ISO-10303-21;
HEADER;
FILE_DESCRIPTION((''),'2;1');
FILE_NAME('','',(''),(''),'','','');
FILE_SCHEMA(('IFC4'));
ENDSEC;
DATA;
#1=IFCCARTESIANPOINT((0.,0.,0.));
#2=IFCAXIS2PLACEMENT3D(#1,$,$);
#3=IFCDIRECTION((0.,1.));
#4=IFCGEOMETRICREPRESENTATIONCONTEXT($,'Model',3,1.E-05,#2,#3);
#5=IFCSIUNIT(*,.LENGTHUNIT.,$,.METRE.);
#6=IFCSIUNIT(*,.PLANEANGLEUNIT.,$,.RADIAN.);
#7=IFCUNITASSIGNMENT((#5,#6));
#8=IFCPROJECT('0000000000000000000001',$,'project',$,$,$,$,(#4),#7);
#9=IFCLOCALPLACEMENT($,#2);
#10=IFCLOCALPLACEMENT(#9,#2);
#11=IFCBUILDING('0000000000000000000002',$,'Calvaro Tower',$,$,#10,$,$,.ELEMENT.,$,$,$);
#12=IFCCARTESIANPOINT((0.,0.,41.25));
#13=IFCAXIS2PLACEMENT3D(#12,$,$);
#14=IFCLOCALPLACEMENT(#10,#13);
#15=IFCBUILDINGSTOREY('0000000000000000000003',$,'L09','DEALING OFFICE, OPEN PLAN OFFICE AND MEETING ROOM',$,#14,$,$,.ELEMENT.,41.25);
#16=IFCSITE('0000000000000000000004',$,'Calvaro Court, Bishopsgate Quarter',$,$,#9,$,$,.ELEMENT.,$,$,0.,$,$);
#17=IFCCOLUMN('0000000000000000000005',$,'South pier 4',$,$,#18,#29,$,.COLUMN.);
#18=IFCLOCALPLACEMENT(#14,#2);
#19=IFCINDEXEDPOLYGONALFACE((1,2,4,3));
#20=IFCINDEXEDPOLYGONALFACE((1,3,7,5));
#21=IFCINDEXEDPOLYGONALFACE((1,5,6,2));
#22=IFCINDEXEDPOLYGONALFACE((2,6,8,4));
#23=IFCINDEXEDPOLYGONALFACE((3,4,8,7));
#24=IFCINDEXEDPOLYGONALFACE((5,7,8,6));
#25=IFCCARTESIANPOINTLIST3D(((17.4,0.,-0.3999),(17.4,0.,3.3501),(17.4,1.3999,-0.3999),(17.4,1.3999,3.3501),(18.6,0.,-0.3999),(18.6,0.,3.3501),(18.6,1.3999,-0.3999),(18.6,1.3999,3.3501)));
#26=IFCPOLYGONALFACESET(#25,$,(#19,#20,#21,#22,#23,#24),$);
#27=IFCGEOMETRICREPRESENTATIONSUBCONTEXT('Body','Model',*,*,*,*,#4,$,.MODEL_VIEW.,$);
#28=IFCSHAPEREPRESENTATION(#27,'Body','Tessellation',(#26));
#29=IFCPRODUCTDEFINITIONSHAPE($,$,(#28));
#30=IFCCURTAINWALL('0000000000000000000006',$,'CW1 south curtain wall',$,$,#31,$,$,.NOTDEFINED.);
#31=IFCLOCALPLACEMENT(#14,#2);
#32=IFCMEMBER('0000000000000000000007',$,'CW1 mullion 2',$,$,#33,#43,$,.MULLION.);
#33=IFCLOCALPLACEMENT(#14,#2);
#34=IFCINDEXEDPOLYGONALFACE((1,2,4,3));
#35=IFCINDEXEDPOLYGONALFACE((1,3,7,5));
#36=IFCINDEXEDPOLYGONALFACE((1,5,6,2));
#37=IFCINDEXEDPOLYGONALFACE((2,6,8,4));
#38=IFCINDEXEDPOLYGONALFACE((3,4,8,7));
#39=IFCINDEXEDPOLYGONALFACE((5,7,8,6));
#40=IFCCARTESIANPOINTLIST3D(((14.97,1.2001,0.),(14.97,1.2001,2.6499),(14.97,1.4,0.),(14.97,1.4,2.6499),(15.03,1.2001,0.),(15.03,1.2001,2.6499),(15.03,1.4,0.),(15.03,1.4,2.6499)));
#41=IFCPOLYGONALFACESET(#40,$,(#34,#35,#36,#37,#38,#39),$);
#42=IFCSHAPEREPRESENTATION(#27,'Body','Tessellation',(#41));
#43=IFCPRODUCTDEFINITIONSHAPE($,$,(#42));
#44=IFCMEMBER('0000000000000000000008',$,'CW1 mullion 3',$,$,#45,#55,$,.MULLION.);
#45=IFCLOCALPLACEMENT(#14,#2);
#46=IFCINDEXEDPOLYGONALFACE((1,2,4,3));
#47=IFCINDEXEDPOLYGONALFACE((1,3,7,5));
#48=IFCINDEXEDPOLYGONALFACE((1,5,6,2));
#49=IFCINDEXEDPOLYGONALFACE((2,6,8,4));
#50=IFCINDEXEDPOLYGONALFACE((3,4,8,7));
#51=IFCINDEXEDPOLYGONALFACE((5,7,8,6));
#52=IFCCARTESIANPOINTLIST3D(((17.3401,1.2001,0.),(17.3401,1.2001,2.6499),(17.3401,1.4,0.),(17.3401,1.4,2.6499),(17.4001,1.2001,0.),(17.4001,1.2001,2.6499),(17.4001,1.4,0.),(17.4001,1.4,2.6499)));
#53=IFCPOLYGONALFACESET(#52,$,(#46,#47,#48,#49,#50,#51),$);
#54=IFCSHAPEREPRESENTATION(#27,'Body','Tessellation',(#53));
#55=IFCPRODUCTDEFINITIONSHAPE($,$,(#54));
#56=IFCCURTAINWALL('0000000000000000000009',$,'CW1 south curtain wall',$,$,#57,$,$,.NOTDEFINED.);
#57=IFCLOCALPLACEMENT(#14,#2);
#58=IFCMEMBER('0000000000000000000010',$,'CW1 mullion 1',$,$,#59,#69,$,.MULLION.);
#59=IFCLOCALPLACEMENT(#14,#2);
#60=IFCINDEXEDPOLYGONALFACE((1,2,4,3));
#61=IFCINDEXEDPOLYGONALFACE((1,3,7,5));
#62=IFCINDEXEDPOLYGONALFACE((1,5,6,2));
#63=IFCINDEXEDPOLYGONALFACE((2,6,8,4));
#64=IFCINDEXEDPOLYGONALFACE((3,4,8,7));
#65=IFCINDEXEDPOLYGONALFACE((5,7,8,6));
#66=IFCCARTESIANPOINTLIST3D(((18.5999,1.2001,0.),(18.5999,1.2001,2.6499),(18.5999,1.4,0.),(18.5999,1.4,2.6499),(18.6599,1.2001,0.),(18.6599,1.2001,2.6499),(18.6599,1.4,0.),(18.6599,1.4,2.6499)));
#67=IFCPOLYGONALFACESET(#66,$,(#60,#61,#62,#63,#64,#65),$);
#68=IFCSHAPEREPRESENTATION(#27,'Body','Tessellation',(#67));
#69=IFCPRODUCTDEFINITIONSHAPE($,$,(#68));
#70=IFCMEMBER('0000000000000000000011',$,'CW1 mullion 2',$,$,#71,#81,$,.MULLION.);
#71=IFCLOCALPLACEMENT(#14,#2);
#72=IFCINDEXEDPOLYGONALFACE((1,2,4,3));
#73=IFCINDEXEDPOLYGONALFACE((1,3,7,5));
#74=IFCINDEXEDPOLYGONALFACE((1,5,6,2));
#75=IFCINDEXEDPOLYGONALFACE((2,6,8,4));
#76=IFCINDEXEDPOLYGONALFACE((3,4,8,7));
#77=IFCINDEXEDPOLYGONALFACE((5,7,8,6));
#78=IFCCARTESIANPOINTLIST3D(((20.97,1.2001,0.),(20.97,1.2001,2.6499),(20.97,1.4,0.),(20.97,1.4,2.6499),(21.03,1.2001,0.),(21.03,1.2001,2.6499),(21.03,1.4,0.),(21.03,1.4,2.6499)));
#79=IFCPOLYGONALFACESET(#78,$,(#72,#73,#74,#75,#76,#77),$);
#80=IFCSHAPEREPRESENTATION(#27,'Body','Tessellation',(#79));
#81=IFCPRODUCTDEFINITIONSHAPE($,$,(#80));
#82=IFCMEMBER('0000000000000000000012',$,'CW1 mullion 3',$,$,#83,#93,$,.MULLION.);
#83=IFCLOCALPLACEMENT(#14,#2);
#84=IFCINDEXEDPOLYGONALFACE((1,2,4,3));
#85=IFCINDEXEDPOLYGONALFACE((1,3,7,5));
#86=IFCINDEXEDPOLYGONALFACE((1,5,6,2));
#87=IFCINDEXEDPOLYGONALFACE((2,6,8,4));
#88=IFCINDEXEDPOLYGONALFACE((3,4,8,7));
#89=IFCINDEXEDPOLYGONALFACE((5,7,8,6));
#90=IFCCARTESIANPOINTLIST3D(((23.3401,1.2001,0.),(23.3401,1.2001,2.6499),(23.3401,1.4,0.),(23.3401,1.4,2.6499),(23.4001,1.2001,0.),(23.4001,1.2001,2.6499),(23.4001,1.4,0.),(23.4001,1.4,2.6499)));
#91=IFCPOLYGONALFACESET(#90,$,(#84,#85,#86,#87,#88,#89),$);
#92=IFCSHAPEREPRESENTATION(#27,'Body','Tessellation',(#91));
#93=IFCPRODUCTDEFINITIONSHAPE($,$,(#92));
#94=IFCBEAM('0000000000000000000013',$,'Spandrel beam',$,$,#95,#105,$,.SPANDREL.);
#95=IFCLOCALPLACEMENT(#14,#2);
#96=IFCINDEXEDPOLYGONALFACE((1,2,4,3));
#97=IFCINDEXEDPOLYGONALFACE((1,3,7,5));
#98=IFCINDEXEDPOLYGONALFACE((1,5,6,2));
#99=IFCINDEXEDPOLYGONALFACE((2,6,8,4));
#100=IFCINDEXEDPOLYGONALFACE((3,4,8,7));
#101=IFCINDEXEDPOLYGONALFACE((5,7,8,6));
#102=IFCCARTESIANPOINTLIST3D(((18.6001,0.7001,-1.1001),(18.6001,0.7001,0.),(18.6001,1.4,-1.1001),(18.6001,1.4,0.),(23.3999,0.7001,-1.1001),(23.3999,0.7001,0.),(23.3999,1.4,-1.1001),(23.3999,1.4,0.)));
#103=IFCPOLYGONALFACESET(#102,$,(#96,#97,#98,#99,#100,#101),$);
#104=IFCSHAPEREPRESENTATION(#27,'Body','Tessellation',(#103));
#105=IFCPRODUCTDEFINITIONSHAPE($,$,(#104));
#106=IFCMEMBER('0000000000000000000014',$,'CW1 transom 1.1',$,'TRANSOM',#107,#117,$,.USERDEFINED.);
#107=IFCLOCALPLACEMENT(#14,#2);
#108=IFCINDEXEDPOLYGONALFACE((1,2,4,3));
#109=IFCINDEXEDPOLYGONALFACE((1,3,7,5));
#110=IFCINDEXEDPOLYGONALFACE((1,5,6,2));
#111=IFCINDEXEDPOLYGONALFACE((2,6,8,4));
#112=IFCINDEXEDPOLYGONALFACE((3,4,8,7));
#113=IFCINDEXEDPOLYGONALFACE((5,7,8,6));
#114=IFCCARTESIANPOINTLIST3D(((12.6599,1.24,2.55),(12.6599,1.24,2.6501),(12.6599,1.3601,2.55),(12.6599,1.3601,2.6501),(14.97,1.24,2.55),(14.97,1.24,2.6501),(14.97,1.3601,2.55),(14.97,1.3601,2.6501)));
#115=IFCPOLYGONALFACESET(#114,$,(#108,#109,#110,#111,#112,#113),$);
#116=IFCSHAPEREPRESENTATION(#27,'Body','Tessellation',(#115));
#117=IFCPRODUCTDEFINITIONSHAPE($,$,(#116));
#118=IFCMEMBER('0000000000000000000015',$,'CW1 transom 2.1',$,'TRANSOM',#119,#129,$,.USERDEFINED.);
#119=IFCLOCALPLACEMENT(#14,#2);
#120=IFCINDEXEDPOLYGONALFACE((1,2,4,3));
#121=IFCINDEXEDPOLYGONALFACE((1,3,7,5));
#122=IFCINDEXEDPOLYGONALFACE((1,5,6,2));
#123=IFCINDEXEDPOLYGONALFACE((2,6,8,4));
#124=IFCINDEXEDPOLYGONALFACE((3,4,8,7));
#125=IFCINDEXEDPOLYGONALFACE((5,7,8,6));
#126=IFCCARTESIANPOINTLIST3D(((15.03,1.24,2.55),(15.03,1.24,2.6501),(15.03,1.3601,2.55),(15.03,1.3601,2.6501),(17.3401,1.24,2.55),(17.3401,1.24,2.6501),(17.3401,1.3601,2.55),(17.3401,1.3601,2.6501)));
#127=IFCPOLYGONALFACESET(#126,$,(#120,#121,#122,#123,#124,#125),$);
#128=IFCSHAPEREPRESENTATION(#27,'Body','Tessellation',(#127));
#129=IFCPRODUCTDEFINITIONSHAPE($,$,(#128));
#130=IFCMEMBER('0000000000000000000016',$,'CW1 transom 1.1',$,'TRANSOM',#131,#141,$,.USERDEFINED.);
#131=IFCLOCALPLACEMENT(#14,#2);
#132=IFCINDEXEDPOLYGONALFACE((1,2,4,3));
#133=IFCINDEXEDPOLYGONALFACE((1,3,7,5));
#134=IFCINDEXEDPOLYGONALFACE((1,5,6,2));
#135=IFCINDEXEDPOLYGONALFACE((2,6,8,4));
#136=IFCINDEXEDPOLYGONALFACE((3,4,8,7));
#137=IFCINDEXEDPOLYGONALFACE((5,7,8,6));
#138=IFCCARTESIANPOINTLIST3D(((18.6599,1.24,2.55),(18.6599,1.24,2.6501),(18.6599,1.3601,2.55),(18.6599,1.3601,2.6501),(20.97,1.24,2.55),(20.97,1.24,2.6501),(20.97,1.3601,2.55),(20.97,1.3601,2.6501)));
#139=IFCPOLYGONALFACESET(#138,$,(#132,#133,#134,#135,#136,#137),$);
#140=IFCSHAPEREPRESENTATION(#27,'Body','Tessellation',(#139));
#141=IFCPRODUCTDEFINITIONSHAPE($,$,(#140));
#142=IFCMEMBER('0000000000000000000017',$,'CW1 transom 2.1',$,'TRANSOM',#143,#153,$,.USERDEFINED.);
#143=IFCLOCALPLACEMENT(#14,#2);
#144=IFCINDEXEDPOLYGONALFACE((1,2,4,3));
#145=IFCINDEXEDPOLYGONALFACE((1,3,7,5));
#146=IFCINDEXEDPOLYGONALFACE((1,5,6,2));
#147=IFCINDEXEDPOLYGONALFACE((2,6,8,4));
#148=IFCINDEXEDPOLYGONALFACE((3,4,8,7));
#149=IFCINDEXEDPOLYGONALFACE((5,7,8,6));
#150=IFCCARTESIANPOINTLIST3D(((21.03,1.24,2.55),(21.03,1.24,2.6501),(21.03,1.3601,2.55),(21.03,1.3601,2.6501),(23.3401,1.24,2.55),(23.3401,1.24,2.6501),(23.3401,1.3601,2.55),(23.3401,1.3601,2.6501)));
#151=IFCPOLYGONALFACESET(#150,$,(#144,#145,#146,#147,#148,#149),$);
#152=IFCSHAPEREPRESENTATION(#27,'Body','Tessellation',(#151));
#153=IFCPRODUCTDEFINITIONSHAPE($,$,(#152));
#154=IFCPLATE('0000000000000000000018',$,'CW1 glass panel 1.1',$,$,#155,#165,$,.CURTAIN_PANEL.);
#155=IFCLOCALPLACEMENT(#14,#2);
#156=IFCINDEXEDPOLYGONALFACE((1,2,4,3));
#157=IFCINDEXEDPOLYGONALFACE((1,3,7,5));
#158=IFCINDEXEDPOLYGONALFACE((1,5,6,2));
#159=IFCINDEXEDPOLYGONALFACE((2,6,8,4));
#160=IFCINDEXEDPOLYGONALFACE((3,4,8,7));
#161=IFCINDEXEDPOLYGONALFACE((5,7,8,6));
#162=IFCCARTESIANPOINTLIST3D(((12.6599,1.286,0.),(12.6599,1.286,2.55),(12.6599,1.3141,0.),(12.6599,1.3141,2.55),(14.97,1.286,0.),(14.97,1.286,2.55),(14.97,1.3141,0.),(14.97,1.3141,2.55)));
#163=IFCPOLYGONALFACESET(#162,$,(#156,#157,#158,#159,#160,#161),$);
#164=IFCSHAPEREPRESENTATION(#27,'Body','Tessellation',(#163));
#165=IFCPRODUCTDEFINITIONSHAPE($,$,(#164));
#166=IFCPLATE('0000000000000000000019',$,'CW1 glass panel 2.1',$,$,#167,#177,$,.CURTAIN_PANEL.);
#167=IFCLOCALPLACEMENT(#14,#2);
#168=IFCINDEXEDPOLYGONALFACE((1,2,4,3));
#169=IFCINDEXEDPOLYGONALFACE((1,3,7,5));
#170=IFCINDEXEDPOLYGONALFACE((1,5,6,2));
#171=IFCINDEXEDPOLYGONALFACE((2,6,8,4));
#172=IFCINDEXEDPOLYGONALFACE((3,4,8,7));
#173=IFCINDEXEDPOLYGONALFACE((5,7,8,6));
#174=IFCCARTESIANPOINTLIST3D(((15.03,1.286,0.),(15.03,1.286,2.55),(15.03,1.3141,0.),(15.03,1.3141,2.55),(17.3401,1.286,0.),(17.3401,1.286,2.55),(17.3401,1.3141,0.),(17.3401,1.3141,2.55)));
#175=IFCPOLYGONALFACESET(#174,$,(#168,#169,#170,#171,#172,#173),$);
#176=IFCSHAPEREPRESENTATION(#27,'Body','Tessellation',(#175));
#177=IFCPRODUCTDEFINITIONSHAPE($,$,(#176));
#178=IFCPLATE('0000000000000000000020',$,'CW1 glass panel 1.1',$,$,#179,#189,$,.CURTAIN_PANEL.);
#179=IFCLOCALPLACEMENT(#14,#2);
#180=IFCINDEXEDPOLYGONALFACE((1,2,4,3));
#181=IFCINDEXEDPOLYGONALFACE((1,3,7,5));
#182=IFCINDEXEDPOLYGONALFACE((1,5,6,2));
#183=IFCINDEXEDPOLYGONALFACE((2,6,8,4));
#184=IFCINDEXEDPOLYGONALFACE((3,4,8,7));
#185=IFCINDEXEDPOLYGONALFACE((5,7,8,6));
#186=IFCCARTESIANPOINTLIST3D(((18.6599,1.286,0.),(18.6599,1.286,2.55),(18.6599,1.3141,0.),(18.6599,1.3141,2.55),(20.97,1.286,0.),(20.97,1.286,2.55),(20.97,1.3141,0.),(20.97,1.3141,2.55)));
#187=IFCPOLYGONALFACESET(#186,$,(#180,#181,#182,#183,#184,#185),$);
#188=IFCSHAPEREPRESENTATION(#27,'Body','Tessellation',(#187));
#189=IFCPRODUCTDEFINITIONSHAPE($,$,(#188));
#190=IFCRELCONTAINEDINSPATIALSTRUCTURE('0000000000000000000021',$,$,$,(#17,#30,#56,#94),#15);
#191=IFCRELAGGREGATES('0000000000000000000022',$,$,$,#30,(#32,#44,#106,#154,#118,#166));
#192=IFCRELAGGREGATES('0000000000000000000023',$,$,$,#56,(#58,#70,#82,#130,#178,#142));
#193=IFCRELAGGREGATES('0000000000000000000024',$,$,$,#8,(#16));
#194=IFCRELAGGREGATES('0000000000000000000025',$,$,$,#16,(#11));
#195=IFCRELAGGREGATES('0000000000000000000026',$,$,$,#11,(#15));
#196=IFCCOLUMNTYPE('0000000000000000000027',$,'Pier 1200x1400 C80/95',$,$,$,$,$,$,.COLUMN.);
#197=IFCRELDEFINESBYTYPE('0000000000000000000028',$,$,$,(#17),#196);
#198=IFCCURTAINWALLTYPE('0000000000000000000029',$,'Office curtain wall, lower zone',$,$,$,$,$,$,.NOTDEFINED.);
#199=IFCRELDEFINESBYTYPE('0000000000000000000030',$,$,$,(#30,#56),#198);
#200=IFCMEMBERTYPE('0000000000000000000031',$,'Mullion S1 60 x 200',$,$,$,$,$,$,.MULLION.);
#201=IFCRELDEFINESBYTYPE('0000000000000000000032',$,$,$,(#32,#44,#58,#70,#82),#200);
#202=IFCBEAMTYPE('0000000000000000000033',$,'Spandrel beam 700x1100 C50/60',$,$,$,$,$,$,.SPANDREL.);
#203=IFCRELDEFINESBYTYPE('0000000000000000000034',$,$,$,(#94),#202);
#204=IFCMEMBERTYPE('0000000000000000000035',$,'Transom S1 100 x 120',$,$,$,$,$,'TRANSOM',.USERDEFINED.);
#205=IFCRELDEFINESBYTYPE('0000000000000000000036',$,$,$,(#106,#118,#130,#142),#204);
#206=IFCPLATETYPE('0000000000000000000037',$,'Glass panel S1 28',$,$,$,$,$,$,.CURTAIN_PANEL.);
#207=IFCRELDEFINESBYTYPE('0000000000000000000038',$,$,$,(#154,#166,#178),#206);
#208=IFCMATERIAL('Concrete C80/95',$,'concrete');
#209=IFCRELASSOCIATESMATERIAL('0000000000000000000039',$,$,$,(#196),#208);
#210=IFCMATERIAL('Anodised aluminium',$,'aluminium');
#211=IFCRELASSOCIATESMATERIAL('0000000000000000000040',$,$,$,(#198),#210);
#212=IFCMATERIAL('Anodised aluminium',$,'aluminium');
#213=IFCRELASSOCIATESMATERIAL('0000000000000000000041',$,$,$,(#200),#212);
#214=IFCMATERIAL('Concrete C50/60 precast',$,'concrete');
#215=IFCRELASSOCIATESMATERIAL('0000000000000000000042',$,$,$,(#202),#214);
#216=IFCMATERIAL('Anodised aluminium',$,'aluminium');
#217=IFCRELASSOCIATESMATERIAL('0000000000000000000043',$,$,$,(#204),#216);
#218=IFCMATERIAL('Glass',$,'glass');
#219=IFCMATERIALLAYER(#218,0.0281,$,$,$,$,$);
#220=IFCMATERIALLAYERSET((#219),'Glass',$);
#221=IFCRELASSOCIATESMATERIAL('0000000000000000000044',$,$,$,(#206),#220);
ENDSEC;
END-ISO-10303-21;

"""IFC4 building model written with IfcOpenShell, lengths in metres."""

from ifc_helpers import new_model, si_unit, direction, frame, origin, origin_2d, place, context, subcontext, project, spatial, rectangle, extrude, material, layer, layer_set, material_profile, profile_set, type_object, element, aggregate, save


model = new_model("IFC4")

# Units and contexts
model_context = context("Model", 3, precision=1e-05, world=origin(), true_north=direction((0.0, 1.0)))
body_context = subcontext(model_context, "Body", "Model", "MODEL_VIEW")
ifc_project = project(units=[si_unit("LENGTHUNIT", "METRE"), si_unit("PLANEANGLEUNIT", "RADIAN")], contexts=[model_context])

# Site, building, storey
site_placement = place(None, origin())
site = spatial("IfcSite", under=ifc_project, at=site_placement, Name="Calvaro Court, Bishopsgate Quarter", CompositionType="ELEMENT", RefElevation=0.0)
building_placement = place(site_placement, origin())
building = spatial("IfcBuilding", under=site, at=building_placement, Name="Calvaro Tower", CompositionType="ELEMENT")
storey_placement = place(building_placement, frame((0.0, 0.0, 41.25)))
storey = spatial("IfcBuildingStorey", under=building, at=storey_placement, Name="L09", Description="DEALING OFFICE, OPEN PLAN OFFICE AND MEETING ROOM", CompositionType="ELEMENT", Elevation=41.25)

# Column
ifc_material_1 = material(Name="Concrete C80/95", Category="concrete")
ifc_material_profile_1 = material_profile(ifc_material_1, rectangle(XDim=1.2, YDim=1.3999, at=origin_2d()), Name="RC 1200x1400")
ifc_profile_set_1 = profile_set([ifc_material_profile_1], Name="Concrete C80/95")
column_type = type_object("IfcColumnType", Name="Pier 1200x1400 C80/95", PredefinedType="COLUMN", material=ifc_profile_set_1)
column_placement = place(storey_placement, frame((18.0, 0.7, -0.3999), z_axis=(0.0, 0.0, 1.0), x_axis=(1.0, 0.0, 0.0)))
element("IfcColumn", 1, at=column_placement, inside=storey, type_object=column_type, Name="South pier 4", PredefinedType="COLUMN", context=body_context, shape_type="SweptSolid", body=[
    extrude(rectangle(XDim=1.2, YDim=1.3999, at=origin_2d()), origin(), (0.0, 0.0, 1.0), 3.75),
])

# Curtain walls, members
ifc_material_2 = material(Name="Anodised aluminium", Category="aluminium")
curtain_wall_type = type_object("IfcCurtainWallType", Name="Office curtain wall, lower zone", PredefinedType="NOTDEFINED", material=ifc_material_2)
curtain_wall_1_placement = place(storey_placement, origin())
curtain_wall_1 = element("IfcCurtainWall", 2, at=curtain_wall_1_placement, inside=storey, type_object=curtain_wall_type, Name="CW1 south curtain wall", PredefinedType="NOTDEFINED")
ifc_material_3 = material(Name="Anodised aluminium", Category="aluminium")
ifc_material_profile_2 = material_profile(ifc_material_3, rectangle(XDim=0.2, YDim=0.0601, at=origin_2d()), Name="Mullion S1 60 x 200")
ifc_profile_set_2 = profile_set([ifc_material_profile_2], Name="Anodised aluminium")
member_type_1 = type_object("IfcMemberType", Name="Mullion S1 60 x 200", PredefinedType="MULLION", material=ifc_profile_set_2)
member_1_placement = place(storey_placement, frame((15.0, 1.3, 0.0), z_axis=(0.0, 0.0, 1.0), x_axis=(0.0, 1.0, 0.0)))
member_1 = element("IfcMember", 3, at=member_1_placement, type_object=member_type_1, Name="CW1 mullion 2", PredefinedType="MULLION", context=body_context, shape_type="SweptSolid", body=[
    extrude(rectangle(XDim=0.2, YDim=0.0601, at=origin_2d()), origin(), (0.0, 0.0, 1.0), 2.6499),
])
member_2_placement = place(storey_placement, frame((17.3701, 1.3, 0.0), z_axis=(0.0, 0.0, 1.0), x_axis=(0.0, 1.0, 0.0)))
member_2 = element("IfcMember", 4, at=member_2_placement, type_object=member_type_1, Name="CW1 mullion 3", PredefinedType="MULLION", context=body_context, shape_type="SweptSolid", body=[
    extrude(rectangle(XDim=0.2, YDim=0.0601, at=origin_2d()), origin(), (0.0, 0.0, 1.0), 2.6499),
])
curtain_wall_2_placement = place(storey_placement, origin())
curtain_wall_2 = element("IfcCurtainWall", 5, at=curtain_wall_2_placement, inside=storey, type_object=curtain_wall_type, Name="CW1 south curtain wall", PredefinedType="NOTDEFINED")
member_3_placement = place(storey_placement, frame((18.6299, 1.3, 0.0), z_axis=(0.0, 0.0, 1.0), x_axis=(0.0, 1.0, 0.0)))
member_3 = element("IfcMember", 6, at=member_3_placement, type_object=member_type_1, Name="CW1 mullion 1", PredefinedType="MULLION", context=body_context, shape_type="SweptSolid", body=[
    extrude(rectangle(XDim=0.2, YDim=0.0601, at=origin_2d()), origin(), (0.0, 0.0, 1.0), 2.6499),
])
member_4_placement = place(storey_placement, frame((21.0, 1.3, 0.0), z_axis=(0.0, 0.0, 1.0), x_axis=(0.0, 1.0, 0.0)))
member_4 = element("IfcMember", 7, at=member_4_placement, type_object=member_type_1, Name="CW1 mullion 2", PredefinedType="MULLION", context=body_context, shape_type="SweptSolid", body=[
    extrude(rectangle(XDim=0.2, YDim=0.0601, at=origin_2d()), origin(), (0.0, 0.0, 1.0), 2.6499),
])
member_5_placement = place(storey_placement, frame((23.3701, 1.3, 0.0), z_axis=(0.0, 0.0, 1.0), x_axis=(0.0, 1.0, 0.0)))
member_5 = element("IfcMember", 8, at=member_5_placement, type_object=member_type_1, Name="CW1 mullion 3", PredefinedType="MULLION", context=body_context, shape_type="SweptSolid", body=[
    extrude(rectangle(XDim=0.2, YDim=0.0601, at=origin_2d()), origin(), (0.0, 0.0, 1.0), 2.6499),
])

# Beam
ifc_material_4 = material(Name="Concrete C50/60 precast", Category="concrete")
ifc_material_profile_3 = material_profile(ifc_material_4, rectangle(XDim=0.7, YDim=1.1001, at=origin_2d()), Name="RC 700x1100")
ifc_profile_set_3 = profile_set([ifc_material_profile_3], Name="Concrete C50/60 precast")
beam_type = type_object("IfcBeamType", Name="Spandrel beam 700x1100 C50/60", PredefinedType="SPANDREL", material=ifc_profile_set_3)
beam_placement = place(storey_placement, frame((18.6001, 1.05, -0.55), z_axis=(1.0, 0.0, 0.0), x_axis=(0.0, 1.0, 0.0)))
element("IfcBeam", 9, at=beam_placement, inside=storey, type_object=beam_type, Name="Spandrel beam", PredefinedType="SPANDREL", context=body_context, shape_type="SweptSolid", body=[
    extrude(rectangle(XDim=0.7, YDim=1.1001, at=origin_2d()), origin(), (0.0, 0.0, 1.0), 4.7998),
])

# Members
ifc_material_5 = material(Name="Anodised aluminium", Category="aluminium")
ifc_material_profile_4 = material_profile(ifc_material_5, rectangle(XDim=0.1201, YDim=0.1001, at=origin_2d()), Name="Transom S1 100 x 120")
ifc_profile_set_4 = profile_set([ifc_material_profile_4], Name="Anodised aluminium")
member_type_2 = type_object("IfcMemberType", Name="Transom S1 100 x 120", ElementType="TRANSOM", PredefinedType="USERDEFINED", material=ifc_profile_set_4)
member_6_placement = place(storey_placement, frame((12.6599, 1.3, 2.6001), z_axis=(1.0, 0.0, 0.0), x_axis=(0.0, 1.0, 0.0)))
member_6 = element("IfcMember", 10, at=member_6_placement, type_object=member_type_2, Name="CW1 transom 1.1", ObjectType="TRANSOM", PredefinedType="USERDEFINED", context=body_context, shape_type="SweptSolid", body=[
    extrude(rectangle(XDim=0.1201, YDim=0.1001, at=origin_2d()), origin(), (0.0, 0.0, 1.0), 2.3101),
])
member_7_placement = place(storey_placement, frame((15.03, 1.3, 2.6001), z_axis=(1.0, 0.0, 0.0), x_axis=(0.0, 1.0, 0.0)))
member_7 = element("IfcMember", 11, at=member_7_placement, type_object=member_type_2, Name="CW1 transom 2.1", ObjectType="TRANSOM", PredefinedType="USERDEFINED", context=body_context, shape_type="SweptSolid", body=[
    extrude(rectangle(XDim=0.1201, YDim=0.1001, at=origin_2d()), origin(), (0.0, 0.0, 1.0), 2.3101),
])
member_8_placement = place(storey_placement, frame((18.6599, 1.3, 2.6001), z_axis=(1.0, 0.0, 0.0), x_axis=(0.0, 1.0, 0.0)))
member_8 = element("IfcMember", 12, at=member_8_placement, type_object=member_type_2, Name="CW1 transom 1.1", ObjectType="TRANSOM", PredefinedType="USERDEFINED", context=body_context, shape_type="SweptSolid", body=[
    extrude(rectangle(XDim=0.1201, YDim=0.1001, at=origin_2d()), origin(), (0.0, 0.0, 1.0), 2.3101),
])
member_9_placement = place(storey_placement, frame((21.03, 1.3, 2.6001), z_axis=(1.0, 0.0, 0.0), x_axis=(0.0, 1.0, 0.0)))
member_9 = element("IfcMember", 13, at=member_9_placement, type_object=member_type_2, Name="CW1 transom 2.1", ObjectType="TRANSOM", PredefinedType="USERDEFINED", context=body_context, shape_type="SweptSolid", body=[
    extrude(rectangle(XDim=0.1201, YDim=0.1001, at=origin_2d()), origin(), (0.0, 0.0, 1.0), 2.3101),
])

# Plates
ifc_material_6 = material(Name="Glass", Category="glass")
ifc_layer = layer(ifc_material_6, 0.0281)
ifc_layer_set = layer_set([ifc_layer], Name="Glass")
plate_type = type_object("IfcPlateType", Name="Glass panel S1 28", PredefinedType="CURTAIN_PANEL", material=ifc_layer_set)
plate_1_placement = place(storey_placement, frame((13.8149, 1.3, 0.0), z_axis=(0.0, 0.0, 1.0), x_axis=(1.0, 0.0, 0.0)))
plate_1 = element("IfcPlate", 14, at=plate_1_placement, type_object=plate_type, Name="CW1 glass panel 1.1", PredefinedType="CURTAIN_PANEL", context=body_context, shape_type="SweptSolid", body=[
    extrude(rectangle(XDim=2.3101, YDim=0.0281, at=origin_2d()), origin(), (0.0, 0.0, 1.0), 2.55),
])
plate_2_placement = place(storey_placement, frame((16.1851, 1.3, 0.0), z_axis=(0.0, 0.0, 1.0), x_axis=(1.0, 0.0, 0.0)))
plate_2 = element("IfcPlate", 15, at=plate_2_placement, type_object=plate_type, Name="CW1 glass panel 2.1", PredefinedType="CURTAIN_PANEL", context=body_context, shape_type="SweptSolid", body=[
    extrude(rectangle(XDim=2.3101, YDim=0.0281, at=origin_2d()), origin(), (0.0, 0.0, 1.0), 2.55),
])
aggregate(curtain_wall_1, [member_1, member_2, member_6, plate_1, member_7, plate_2])
plate_3_placement = place(storey_placement, frame((19.8149, 1.3, 0.0), z_axis=(0.0, 0.0, 1.0), x_axis=(1.0, 0.0, 0.0)))
plate_3 = element("IfcPlate", 16, at=plate_3_placement, type_object=plate_type, Name="CW1 glass panel 1.1", PredefinedType="CURTAIN_PANEL", context=body_context, shape_type="SweptSolid", body=[
    extrude(rectangle(XDim=2.3101, YDim=0.0281, at=origin_2d()), origin(), (0.0, 0.0, 1.0), 2.55),
])
aggregate(curtain_wall_2, [member_3, member_4, member_5, member_8, plate_3, member_9])

save(model, "model.ifc")
